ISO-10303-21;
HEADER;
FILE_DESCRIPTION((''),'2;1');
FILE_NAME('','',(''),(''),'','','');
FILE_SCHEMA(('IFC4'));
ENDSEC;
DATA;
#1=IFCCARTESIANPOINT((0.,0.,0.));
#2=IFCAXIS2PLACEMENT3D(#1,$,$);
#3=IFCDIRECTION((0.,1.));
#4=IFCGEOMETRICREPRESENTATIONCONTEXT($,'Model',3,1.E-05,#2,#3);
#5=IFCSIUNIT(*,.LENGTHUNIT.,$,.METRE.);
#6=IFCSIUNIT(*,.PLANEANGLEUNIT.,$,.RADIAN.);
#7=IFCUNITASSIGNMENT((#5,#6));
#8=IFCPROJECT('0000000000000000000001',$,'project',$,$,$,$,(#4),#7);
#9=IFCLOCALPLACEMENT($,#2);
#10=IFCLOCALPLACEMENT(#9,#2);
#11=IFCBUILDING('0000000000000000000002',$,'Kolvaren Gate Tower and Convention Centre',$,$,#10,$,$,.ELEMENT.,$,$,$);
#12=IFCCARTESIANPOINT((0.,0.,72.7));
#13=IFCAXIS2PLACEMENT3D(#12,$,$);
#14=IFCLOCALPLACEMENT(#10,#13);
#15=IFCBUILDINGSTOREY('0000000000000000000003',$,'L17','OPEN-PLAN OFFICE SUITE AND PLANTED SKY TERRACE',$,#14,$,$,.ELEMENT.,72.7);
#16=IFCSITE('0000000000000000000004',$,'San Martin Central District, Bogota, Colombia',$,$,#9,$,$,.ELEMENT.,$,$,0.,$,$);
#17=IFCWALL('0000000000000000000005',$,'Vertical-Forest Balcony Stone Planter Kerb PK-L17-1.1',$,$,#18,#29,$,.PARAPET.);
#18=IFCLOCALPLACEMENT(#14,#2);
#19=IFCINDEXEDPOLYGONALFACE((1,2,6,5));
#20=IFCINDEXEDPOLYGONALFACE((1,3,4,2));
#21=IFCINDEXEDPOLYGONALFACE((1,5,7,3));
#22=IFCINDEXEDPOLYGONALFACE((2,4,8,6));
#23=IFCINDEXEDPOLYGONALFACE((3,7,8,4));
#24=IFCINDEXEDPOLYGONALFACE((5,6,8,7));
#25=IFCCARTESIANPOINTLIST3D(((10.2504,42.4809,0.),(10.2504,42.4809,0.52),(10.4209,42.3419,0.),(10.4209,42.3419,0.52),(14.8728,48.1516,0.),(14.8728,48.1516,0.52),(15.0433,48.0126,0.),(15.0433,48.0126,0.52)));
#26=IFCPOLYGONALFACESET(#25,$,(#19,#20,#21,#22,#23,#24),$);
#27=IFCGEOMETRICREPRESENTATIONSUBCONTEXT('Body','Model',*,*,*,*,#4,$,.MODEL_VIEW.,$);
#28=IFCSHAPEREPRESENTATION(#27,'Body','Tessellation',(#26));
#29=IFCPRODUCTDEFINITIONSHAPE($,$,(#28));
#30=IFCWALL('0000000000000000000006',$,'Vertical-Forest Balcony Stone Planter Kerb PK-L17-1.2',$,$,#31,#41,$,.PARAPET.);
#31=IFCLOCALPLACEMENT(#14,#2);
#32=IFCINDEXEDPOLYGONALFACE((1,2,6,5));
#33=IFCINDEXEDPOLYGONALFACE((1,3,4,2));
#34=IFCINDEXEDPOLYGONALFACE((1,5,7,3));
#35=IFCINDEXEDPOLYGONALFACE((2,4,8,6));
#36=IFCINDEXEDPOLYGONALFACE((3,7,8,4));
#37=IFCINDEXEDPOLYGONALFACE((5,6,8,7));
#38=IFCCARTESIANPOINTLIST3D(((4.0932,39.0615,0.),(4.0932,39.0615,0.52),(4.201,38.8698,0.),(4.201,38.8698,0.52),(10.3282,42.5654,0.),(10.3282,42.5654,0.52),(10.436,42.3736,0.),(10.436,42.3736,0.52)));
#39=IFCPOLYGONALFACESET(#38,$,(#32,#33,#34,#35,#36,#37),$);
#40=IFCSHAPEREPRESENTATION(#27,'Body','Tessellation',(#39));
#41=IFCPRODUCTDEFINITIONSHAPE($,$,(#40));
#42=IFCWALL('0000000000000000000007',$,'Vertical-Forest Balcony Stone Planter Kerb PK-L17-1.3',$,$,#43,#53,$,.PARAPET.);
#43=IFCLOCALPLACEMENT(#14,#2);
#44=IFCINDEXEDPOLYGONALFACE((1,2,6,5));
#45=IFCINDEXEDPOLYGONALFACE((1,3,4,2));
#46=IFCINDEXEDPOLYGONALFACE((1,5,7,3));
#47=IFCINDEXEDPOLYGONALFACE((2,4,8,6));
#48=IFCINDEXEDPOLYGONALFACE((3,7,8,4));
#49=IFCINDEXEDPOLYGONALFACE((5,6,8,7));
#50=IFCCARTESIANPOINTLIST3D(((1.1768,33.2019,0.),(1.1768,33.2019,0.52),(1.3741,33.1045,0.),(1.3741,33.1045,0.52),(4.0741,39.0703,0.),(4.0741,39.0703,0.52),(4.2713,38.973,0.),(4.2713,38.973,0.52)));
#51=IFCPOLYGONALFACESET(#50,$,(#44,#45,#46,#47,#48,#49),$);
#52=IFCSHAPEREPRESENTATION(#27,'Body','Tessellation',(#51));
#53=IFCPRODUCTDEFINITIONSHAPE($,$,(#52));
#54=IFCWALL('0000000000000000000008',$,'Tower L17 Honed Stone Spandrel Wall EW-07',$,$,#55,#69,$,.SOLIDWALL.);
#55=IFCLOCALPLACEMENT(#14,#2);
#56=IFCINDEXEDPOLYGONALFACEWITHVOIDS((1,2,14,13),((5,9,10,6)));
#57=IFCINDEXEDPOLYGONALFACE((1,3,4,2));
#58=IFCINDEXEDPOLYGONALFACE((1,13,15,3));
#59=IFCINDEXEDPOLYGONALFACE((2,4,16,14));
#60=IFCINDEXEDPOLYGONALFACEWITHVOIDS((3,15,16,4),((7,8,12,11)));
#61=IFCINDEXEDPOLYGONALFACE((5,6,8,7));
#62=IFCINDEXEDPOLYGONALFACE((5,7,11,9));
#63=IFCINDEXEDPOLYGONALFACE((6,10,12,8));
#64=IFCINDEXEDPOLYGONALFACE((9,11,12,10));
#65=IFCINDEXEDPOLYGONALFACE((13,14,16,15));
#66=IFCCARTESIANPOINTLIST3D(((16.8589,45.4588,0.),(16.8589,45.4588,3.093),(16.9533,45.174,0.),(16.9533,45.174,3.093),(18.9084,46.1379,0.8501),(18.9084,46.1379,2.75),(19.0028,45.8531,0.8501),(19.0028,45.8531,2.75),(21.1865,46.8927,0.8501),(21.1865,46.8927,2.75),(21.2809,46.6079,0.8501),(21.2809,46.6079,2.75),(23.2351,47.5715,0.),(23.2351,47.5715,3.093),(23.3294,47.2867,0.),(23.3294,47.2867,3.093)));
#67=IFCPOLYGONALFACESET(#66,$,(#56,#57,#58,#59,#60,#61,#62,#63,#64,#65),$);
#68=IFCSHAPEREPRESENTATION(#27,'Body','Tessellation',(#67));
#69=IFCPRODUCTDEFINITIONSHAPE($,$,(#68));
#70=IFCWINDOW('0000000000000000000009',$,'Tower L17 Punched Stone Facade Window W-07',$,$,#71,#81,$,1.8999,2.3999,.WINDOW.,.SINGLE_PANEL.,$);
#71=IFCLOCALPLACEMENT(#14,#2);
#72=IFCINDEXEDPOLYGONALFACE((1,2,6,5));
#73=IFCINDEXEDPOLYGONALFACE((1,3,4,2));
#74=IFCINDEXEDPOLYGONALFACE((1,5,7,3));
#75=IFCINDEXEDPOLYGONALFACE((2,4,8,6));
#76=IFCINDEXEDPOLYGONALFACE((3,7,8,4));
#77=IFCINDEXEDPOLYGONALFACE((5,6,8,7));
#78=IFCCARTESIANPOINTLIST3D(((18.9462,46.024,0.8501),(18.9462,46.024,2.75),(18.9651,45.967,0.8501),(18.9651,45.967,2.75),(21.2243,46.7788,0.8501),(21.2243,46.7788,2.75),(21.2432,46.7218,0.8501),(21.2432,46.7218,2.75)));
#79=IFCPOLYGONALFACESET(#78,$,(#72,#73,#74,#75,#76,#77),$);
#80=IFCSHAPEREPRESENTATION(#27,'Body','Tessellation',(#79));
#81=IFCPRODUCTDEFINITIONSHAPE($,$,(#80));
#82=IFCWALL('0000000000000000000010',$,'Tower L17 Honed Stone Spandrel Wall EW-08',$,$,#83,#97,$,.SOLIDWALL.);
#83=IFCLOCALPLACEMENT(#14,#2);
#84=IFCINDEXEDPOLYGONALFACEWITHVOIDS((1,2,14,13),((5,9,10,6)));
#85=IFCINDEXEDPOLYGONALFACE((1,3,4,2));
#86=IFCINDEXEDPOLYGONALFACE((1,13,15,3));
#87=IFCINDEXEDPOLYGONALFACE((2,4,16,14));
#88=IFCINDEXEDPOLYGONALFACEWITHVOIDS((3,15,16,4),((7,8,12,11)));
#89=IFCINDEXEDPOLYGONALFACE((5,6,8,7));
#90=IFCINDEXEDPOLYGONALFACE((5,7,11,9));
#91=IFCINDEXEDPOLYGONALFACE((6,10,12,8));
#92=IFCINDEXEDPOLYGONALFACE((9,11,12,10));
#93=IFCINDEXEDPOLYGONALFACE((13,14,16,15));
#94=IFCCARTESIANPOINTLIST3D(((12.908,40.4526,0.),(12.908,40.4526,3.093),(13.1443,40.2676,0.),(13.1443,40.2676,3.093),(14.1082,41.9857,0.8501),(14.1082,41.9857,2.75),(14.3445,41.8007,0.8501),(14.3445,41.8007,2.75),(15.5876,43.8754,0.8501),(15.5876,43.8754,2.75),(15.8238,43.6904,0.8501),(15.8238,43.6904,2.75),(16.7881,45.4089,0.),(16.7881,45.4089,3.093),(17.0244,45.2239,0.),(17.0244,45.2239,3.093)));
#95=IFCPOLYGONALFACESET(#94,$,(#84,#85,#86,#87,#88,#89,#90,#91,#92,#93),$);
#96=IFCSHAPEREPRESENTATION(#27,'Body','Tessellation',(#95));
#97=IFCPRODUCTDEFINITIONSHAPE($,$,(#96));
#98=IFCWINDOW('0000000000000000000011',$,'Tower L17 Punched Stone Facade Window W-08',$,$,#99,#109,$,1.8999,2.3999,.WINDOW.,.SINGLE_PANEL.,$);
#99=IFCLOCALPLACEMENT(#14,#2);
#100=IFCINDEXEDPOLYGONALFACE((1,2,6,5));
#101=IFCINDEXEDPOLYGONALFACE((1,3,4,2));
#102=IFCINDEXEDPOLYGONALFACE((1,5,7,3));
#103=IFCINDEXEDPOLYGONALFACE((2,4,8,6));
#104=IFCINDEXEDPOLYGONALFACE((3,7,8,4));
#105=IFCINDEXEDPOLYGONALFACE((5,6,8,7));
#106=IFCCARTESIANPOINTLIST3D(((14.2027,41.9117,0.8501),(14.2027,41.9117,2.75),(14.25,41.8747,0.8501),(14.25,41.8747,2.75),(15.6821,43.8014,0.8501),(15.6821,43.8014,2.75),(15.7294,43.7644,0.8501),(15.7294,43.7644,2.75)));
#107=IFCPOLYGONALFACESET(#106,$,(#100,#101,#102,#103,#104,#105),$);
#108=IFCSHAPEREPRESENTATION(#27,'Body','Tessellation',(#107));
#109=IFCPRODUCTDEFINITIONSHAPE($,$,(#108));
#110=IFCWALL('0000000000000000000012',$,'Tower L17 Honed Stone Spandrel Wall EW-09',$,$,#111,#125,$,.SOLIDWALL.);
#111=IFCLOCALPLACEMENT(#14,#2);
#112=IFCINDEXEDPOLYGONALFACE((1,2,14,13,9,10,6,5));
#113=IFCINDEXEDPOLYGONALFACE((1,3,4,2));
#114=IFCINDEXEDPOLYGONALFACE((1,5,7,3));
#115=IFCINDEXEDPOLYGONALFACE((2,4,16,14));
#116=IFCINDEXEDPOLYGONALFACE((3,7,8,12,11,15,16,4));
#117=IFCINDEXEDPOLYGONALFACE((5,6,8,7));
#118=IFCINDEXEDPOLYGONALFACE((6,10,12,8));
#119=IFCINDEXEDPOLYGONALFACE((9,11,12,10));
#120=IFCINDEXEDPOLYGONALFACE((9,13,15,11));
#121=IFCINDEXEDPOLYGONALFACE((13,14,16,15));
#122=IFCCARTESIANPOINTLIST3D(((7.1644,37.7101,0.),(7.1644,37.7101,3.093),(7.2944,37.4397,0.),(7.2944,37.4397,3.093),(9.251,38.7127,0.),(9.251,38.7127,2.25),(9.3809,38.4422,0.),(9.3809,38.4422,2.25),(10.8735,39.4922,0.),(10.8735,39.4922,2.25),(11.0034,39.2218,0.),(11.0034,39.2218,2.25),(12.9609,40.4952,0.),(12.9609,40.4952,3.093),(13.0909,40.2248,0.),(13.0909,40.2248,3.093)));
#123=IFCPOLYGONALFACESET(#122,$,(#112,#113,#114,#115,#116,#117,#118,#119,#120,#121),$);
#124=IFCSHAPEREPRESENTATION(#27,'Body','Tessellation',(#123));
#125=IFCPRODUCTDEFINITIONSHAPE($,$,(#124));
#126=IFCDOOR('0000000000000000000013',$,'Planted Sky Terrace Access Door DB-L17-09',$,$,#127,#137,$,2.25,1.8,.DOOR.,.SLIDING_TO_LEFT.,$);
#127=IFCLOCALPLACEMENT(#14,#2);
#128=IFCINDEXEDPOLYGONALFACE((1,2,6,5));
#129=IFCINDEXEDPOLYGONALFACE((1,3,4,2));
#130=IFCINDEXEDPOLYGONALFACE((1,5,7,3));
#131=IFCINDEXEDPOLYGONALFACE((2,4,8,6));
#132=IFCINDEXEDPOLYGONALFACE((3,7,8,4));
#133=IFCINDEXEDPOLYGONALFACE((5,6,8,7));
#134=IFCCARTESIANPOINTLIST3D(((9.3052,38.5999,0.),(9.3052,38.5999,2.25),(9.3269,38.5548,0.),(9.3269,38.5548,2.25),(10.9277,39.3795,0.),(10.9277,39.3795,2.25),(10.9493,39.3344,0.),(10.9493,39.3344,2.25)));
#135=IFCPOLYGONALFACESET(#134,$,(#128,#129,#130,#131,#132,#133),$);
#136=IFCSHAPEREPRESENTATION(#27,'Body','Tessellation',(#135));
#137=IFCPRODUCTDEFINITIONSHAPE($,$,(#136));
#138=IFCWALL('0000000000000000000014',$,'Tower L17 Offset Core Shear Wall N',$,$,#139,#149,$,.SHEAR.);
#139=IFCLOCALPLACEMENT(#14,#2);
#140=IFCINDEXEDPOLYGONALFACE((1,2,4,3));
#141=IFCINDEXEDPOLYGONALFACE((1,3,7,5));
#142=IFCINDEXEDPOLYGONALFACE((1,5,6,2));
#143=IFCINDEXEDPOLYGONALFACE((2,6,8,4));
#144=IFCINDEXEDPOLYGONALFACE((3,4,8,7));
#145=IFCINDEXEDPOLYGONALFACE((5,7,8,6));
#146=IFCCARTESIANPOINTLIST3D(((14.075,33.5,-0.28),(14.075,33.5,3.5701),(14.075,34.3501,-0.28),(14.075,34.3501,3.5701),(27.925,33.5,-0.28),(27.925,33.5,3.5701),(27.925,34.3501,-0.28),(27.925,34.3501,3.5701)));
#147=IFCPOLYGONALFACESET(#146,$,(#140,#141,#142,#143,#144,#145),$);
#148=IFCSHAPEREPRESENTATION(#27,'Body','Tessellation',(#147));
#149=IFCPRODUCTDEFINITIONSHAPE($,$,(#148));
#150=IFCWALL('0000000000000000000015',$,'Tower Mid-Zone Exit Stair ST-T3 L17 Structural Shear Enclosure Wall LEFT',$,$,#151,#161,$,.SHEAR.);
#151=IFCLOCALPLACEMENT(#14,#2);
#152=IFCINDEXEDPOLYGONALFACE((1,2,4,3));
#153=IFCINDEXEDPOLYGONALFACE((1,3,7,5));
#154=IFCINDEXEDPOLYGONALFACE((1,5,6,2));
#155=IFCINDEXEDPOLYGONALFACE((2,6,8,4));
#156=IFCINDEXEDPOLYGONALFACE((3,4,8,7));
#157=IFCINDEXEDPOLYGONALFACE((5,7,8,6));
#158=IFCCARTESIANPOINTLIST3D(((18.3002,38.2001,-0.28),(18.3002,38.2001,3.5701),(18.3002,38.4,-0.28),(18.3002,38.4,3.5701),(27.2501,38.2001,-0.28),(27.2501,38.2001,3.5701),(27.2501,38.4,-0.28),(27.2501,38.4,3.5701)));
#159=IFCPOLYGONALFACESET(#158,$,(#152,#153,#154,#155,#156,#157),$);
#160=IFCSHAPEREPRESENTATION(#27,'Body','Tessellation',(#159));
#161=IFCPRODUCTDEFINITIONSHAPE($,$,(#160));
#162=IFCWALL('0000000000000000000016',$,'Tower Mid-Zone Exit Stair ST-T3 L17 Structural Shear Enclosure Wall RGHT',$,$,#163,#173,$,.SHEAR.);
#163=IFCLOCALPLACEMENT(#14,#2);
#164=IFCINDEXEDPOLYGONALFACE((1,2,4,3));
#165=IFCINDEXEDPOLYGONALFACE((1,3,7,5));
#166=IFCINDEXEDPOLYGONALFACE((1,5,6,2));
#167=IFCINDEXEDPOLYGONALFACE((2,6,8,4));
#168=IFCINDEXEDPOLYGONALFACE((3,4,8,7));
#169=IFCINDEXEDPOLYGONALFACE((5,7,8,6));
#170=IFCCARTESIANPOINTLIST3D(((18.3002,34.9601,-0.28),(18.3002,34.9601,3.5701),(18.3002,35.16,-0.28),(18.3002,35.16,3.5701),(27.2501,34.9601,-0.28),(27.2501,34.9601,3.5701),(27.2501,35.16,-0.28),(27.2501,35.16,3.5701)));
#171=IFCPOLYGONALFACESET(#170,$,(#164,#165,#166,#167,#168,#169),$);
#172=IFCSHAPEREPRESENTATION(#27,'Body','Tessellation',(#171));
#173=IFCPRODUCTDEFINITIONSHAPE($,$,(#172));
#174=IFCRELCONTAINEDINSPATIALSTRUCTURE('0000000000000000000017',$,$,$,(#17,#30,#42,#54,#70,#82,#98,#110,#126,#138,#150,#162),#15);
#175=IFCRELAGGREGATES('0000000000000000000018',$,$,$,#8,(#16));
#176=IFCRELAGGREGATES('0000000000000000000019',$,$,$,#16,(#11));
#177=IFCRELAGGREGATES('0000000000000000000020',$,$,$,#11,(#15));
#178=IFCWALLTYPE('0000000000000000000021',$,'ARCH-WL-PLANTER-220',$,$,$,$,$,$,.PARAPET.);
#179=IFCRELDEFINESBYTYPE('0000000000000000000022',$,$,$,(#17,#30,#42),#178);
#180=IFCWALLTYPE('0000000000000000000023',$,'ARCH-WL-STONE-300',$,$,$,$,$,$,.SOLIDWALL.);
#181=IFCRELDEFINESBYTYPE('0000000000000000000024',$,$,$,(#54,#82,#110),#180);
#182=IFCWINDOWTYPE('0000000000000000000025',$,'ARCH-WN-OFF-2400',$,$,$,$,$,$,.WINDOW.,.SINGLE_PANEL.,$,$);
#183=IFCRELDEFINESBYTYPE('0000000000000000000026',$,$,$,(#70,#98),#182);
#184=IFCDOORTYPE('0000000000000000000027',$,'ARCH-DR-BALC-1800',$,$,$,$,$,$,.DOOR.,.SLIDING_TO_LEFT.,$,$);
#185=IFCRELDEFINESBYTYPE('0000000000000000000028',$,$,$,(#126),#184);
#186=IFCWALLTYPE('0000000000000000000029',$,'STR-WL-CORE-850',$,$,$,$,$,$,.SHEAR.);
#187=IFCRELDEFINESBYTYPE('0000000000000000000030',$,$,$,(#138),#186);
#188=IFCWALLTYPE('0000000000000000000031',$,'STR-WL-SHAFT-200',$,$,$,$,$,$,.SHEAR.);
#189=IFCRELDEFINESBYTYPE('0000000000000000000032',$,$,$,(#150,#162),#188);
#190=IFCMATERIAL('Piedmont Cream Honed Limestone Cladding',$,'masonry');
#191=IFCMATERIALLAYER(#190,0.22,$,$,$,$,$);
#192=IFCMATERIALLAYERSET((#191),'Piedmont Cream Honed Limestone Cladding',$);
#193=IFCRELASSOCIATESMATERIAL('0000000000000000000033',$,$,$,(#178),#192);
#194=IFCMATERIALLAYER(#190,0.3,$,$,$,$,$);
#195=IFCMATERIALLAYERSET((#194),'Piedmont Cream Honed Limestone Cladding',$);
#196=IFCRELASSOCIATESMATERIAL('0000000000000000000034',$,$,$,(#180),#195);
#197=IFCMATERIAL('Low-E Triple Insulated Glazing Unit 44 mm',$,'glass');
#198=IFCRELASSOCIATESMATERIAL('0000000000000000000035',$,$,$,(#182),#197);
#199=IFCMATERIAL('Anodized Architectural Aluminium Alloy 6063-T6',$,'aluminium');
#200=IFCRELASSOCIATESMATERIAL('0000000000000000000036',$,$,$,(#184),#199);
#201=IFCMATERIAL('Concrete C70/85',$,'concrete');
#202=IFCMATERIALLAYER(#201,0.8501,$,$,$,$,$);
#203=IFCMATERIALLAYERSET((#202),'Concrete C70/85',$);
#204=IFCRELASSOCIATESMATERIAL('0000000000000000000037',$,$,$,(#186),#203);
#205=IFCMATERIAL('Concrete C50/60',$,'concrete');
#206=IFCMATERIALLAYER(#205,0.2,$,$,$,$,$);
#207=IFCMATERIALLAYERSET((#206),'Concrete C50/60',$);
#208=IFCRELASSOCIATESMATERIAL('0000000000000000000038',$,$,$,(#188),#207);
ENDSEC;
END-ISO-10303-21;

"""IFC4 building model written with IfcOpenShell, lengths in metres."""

from ifc_helpers import new_model, si_unit, direction, frame, frame_2d, origin, place, context, subcontext, project, spatial, rectangle, extrude, material, layer, layer_set, type_object, element, fill, save


model = new_model("IFC4")

# Units and contexts
model_context = context("Model", 3, precision=1e-05, world=origin(), true_north=direction((0.0, 1.0)))
body_context = subcontext(model_context, "Body", "Model", "MODEL_VIEW")
ifc_project = project(units=[si_unit("LENGTHUNIT", "METRE"), si_unit("PLANEANGLEUNIT", "RADIAN")], contexts=[model_context])

# Site, building, storey
site_placement = place(None, origin())
site = spatial("IfcSite", under=ifc_project, at=site_placement, Name="San Martin Central District, Bogota, Colombia", CompositionType="ELEMENT", RefElevation=0.0)
building_placement = place(site_placement, origin())
building = spatial("IfcBuilding", under=site, at=building_placement, Name="Kolvaren Gate Tower and Convention Centre", CompositionType="ELEMENT")
storey_placement = place(building_placement, frame((0.0, 0.0, 72.7)))
storey = spatial("IfcBuildingStorey", under=building, at=storey_placement, Name="L17", Description="OPEN-PLAN OFFICE SUITE AND PLANTED SKY TERRACE", CompositionType="ELEMENT", Elevation=72.7)

# Shared definitions
ifc_material_1 = material(Name="Concrete C70/85", Category="concrete")

# Walls
ifc_material_2 = material(Name="Piedmont Cream Honed Limestone Cladding", Category="masonry")
ifc_layer_1 = layer(ifc_material_2, 0.22)
ifc_layer_set_1 = layer_set([ifc_layer_1], Name="Piedmont Cream Honed Limestone Cladding")
wall_type_1 = type_object("IfcWallType", Name="ARCH-WL-PLANTER-220", PredefinedType="PARAPET", material=ifc_layer_set_1)
wall_1_placement = place(storey_placement, frame((10.3357, 42.4114, 0.0), z_axis=(0.0, 0.0, 1.0), x_axis=(0.631819, 0.775116, 0.0)))
element("IfcWall", 1, at=wall_1_placement, inside=storey, type_object=wall_type_1, Name="Vertical-Forest Balcony Stone Planter Kerb PK-L17-1.1", PredefinedType="PARAPET", context=body_context, shape_type="SweptSolid", body=[
    extrude(rectangle(XDim=7.3159, YDim=0.22, at=frame_2d((3.658, 0.0))), origin(), (0.0, 0.0, 1.0), 0.52),
])
wall_2_placement = place(storey_placement, frame((4.147, 38.9656, 0.0), z_axis=(0.0, 0.0, 1.0), x_axis=(0.871775, 0.489906, 0.0)))
element("IfcWall", 2, at=wall_2_placement, inside=storey, type_object=wall_type_1, Name="Vertical-Forest Balcony Stone Planter Kerb PK-L17-1.2", PredefinedType="PARAPET", context=body_context, shape_type="SweptSolid", body=[
    extrude(rectangle(XDim=7.1521, YDim=0.22, at=frame_2d((3.5762, 0.0))), origin(), (0.0, 0.0, 1.0), 0.52),
])
wall_3_placement = place(storey_placement, frame((1.2754, 33.1531, 0.0), z_axis=(0.0, 0.0, 1.0), x_axis=(0.442687, 0.896676, 0.0)))
element("IfcWall", 3, at=wall_3_placement, inside=storey, type_object=wall_type_1, Name="Vertical-Forest Balcony Stone Planter Kerb PK-L17-1.3", PredefinedType="PARAPET", context=body_context, shape_type="SweptSolid", body=[
    extrude(rectangle(XDim=6.5447, YDim=0.22, at=frame_2d((3.2725, 0.0))), origin(), (0.0, 0.0, 1.0), 0.52),
])

# Walls, openings, windows
ifc_layer_2 = layer(ifc_material_2, 0.3)
ifc_layer_set_2 = layer_set([ifc_layer_2], Name="Piedmont Cream Honed Limestone Cladding")
wall_type_2 = type_object("IfcWallType", Name="ARCH-WL-STONE-300", PredefinedType="SOLIDWALL", material=ifc_layer_set_2)
wall_4_placement = place(storey_placement, frame((16.9062, 45.3164, 0.0), z_axis=(0.0, 0.0, 1.0), x_axis=(0.949245, 0.314537, 0.0)))
wall_4 = element("IfcWall", 4, at=wall_4_placement, inside=storey, type_object=wall_type_2, Name="Tower L17 Honed Stone Spandrel Wall EW-07", PredefinedType="SOLIDWALL", context=body_context, shape_type="SweptSolid", body=[
    extrude(rectangle(XDim=6.717, YDim=0.3, at=frame_2d((3.3584, 0.0))), origin(), (0.0, 0.0, 1.0), 3.093),
])
opening_1_placement = place(wall_4_placement, frame((2.1589, 0.0, 0.8501)))
opening_1 = element("IfcOpeningElement", 5, at=opening_1_placement, cuts=wall_4, PredefinedType="OPENING", context=body_context, shape_type="SweptSolid", body=[
    extrude(rectangle(XDim=2.3999, YDim=1.8999, at=frame_2d((1.2, 0.95))), frame((0.0, 0.1599, 0.0), z_axis=(0.0, -1.0, 0.0), x_axis=(1.0, 0.0, 0.0)), (0.0, 0.0, 1.0), 0.3201),
])
ifc_material_3 = material(Name="Low-E Triple Insulated Glazing Unit 44 mm", Category="glass")
window_type = type_object("IfcWindowType", Name="ARCH-WN-OFF-2400", PartitioningType="SINGLE_PANEL", PredefinedType="WINDOW", material=ifc_material_3)
window_1_placement = place(opening_1_placement, origin())
window_1 = element("IfcWindow", 6, at=window_1_placement, inside=storey, type_object=window_type, Name="Tower L17 Punched Stone Facade Window W-07", OverallHeight=1.8999, OverallWidth=2.3999, PartitioningType="SINGLE_PANEL", PredefinedType="WINDOW", context=body_context, shape_type="SweptSolid", body=[
    extrude(rectangle(XDim=2.3999, YDim=1.8999, at=frame_2d((1.2, 0.95))), frame((0.0, 0.03, 0.0), z_axis=(0.0, -1.0, 0.0), x_axis=(1.0, 0.0, 0.0)), (0.0, 0.0, 1.0), 0.0601),
])
fill(opening_1, window_1)
wall_5_placement = place(storey_placement, frame((13.0261, 40.3601, 0.0), z_axis=(0.0, 0.0, 1.0), x_axis=(0.616435, 0.787406, 0.0)))
wall_5 = element("IfcWall", 7, at=wall_5_placement, inside=storey, type_object=wall_type_2, Name="Tower L17 Honed Stone Spandrel Wall EW-08", PredefinedType="SOLIDWALL", context=body_context, shape_type="SweptSolid", body=[
    extrude(rectangle(XDim=6.2944, YDim=0.3, at=frame_2d((3.1472, 0.0))), origin(), (0.0, 0.0, 1.0), 3.093),
])
opening_2_placement = place(wall_5_placement, frame((1.947, 0.0, 0.8501)))
opening_2 = element("IfcOpeningElement", 8, at=opening_2_placement, cuts=wall_5, PredefinedType="OPENING", context=body_context, shape_type="SweptSolid", body=[
    extrude(rectangle(XDim=2.3999, YDim=1.8999, at=frame_2d((1.2, 0.95))), frame((0.0, 0.1599, 0.0), z_axis=(0.0, -1.0, 0.0), x_axis=(1.0, 0.0, 0.0)), (0.0, 0.0, 1.0), 0.3201),
])
window_2_placement = place(opening_2_placement, origin())
window_2 = element("IfcWindow", 9, at=window_2_placement, inside=storey, type_object=window_type, Name="Tower L17 Punched Stone Facade Window W-08", OverallHeight=1.8999, OverallWidth=2.3999, PartitioningType="SINGLE_PANEL", PredefinedType="WINDOW", context=body_context, shape_type="SweptSolid", body=[
    extrude(rectangle(XDim=2.3999, YDim=1.8999, at=frame_2d((1.2, 0.95))), frame((0.0, 0.03, 0.0), z_axis=(0.0, -1.0, 0.0), x_axis=(1.0, 0.0, 0.0)), (0.0, 0.0, 1.0), 0.0601),
])
fill(opening_2, window_2)

# Wall, opening, door
wall_6_placement = place(storey_placement, frame((7.2295, 37.575, 0.0), z_axis=(0.0, 0.0, 1.0), x_axis=(0.901355, 0.433082, 0.0)))
wall_6 = element("IfcWall", 10, at=wall_6_placement, inside=storey, type_object=wall_type_2, Name="Tower L17 Honed Stone Spandrel Wall EW-09", PredefinedType="SOLIDWALL", context=body_context, shape_type="SweptSolid", body=[
    extrude(rectangle(XDim=6.4309, YDim=0.3, at=frame_2d((3.2153, 0.0))), origin(), (0.0, 0.0, 1.0), 3.093),
])
opening_3_placement = place(wall_6_placement, frame((2.3149, 0.0, 0.0)))
opening_3 = element("IfcOpeningElement", 11, at=opening_3_placement, cuts=wall_6, PredefinedType="OPENING", context=body_context, shape_type="SweptSolid", body=[
    extrude(rectangle(XDim=1.8, YDim=2.25, at=frame_2d((0.8999, 1.125))), frame((0.0, 0.1599, 0.0), z_axis=(0.0, -1.0, 0.0), x_axis=(1.0, 0.0, 0.0)), (0.0, 0.0, 1.0), 0.3201),
])
ifc_material_4 = material(Name="Anodized Architectural Aluminium Alloy 6063-T6", Category="aluminium")
door_type = type_object("IfcDoorType", Name="ARCH-DR-BALC-1800", OperationType="SLIDING_TO_LEFT", PredefinedType="DOOR", material=ifc_material_4)
door_placement = place(opening_3_placement, origin())
door = element("IfcDoor", 12, at=door_placement, inside=storey, type_object=door_type, Name="Planted Sky Terrace Access Door DB-L17-09", OperationType="SLIDING_TO_LEFT", OverallHeight=2.25, OverallWidth=1.8, PredefinedType="DOOR", context=body_context, shape_type="SweptSolid", body=[
    extrude(rectangle(XDim=1.8, YDim=2.25, at=frame_2d((0.8999, 1.125))), frame((0.0, 0.0249, 0.0), z_axis=(0.0, -1.0, 0.0), x_axis=(1.0, 0.0, 0.0)), (0.0, 0.0, 1.0), 0.05),
])
fill(opening_3, door)

# Walls
ifc_layer_3 = layer(ifc_material_1, 0.8501)
ifc_layer_set_3 = layer_set([ifc_layer_3], Name="Concrete C70/85")
wall_type_3 = type_object("IfcWallType", Name="STR-WL-CORE-850", PredefinedType="SHEAR", material=ifc_layer_set_3)
wall_7_placement = place(storey_placement, frame((14.075, 33.925, -0.28), z_axis=(0.0, 0.0, 1.0), x_axis=(1.0, 0.0, 0.0)))
element("IfcWall", 13, at=wall_7_placement, inside=storey, type_object=wall_type_3, Name="Tower L17 Offset Core Shear Wall N", PredefinedType="SHEAR", context=body_context, shape_type="SweptSolid", body=[
    extrude(rectangle(XDim=13.8501, YDim=0.8501, at=frame_2d((6.925, 0.0))), origin(), (0.0, 0.0, 1.0), 3.8501),
])
ifc_material_5 = material(Name="Concrete C50/60", Category="concrete")
ifc_layer_4 = layer(ifc_material_5, 0.2)
ifc_layer_set_4 = layer_set([ifc_layer_4], Name="Concrete C50/60")
wall_type_4 = type_object("IfcWallType", Name="STR-WL-SHAFT-200", PredefinedType="SHEAR", material=ifc_layer_set_4)
for number, where, z_axis, x_axis, name in (
    (14, (18.3, 38.3, -0.28), (0.0, 0.0, 1.0), (1.0, 0.0, 0.0), "Tower Mid-Zone Exit Stair ST-T3 L17 Structural Shear Enclosure Wall LEFT"),
    (15, (18.3, 35.0601, -0.28), (0.0, 0.0, 1.0), (1.0, 0.0, 0.0), "Tower Mid-Zone Exit Stair ST-T3 L17 Structural Shear Enclosure Wall RGHT"),
):
    element("IfcWall", number, at=place(storey_placement, frame(where, z_axis=z_axis, x_axis=x_axis)), inside=storey, type_object=wall_type_4, Name=name, PredefinedType="SHEAR", context=body_context, shape_type="SweptSolid", body=[
        extrude(rectangle(XDim=8.95, YDim=0.2, at=frame_2d((4.4751, 0.0))), origin(), (0.0, 0.0, 1.0), 3.8501),
    ])

save(model, "model.ifc")
